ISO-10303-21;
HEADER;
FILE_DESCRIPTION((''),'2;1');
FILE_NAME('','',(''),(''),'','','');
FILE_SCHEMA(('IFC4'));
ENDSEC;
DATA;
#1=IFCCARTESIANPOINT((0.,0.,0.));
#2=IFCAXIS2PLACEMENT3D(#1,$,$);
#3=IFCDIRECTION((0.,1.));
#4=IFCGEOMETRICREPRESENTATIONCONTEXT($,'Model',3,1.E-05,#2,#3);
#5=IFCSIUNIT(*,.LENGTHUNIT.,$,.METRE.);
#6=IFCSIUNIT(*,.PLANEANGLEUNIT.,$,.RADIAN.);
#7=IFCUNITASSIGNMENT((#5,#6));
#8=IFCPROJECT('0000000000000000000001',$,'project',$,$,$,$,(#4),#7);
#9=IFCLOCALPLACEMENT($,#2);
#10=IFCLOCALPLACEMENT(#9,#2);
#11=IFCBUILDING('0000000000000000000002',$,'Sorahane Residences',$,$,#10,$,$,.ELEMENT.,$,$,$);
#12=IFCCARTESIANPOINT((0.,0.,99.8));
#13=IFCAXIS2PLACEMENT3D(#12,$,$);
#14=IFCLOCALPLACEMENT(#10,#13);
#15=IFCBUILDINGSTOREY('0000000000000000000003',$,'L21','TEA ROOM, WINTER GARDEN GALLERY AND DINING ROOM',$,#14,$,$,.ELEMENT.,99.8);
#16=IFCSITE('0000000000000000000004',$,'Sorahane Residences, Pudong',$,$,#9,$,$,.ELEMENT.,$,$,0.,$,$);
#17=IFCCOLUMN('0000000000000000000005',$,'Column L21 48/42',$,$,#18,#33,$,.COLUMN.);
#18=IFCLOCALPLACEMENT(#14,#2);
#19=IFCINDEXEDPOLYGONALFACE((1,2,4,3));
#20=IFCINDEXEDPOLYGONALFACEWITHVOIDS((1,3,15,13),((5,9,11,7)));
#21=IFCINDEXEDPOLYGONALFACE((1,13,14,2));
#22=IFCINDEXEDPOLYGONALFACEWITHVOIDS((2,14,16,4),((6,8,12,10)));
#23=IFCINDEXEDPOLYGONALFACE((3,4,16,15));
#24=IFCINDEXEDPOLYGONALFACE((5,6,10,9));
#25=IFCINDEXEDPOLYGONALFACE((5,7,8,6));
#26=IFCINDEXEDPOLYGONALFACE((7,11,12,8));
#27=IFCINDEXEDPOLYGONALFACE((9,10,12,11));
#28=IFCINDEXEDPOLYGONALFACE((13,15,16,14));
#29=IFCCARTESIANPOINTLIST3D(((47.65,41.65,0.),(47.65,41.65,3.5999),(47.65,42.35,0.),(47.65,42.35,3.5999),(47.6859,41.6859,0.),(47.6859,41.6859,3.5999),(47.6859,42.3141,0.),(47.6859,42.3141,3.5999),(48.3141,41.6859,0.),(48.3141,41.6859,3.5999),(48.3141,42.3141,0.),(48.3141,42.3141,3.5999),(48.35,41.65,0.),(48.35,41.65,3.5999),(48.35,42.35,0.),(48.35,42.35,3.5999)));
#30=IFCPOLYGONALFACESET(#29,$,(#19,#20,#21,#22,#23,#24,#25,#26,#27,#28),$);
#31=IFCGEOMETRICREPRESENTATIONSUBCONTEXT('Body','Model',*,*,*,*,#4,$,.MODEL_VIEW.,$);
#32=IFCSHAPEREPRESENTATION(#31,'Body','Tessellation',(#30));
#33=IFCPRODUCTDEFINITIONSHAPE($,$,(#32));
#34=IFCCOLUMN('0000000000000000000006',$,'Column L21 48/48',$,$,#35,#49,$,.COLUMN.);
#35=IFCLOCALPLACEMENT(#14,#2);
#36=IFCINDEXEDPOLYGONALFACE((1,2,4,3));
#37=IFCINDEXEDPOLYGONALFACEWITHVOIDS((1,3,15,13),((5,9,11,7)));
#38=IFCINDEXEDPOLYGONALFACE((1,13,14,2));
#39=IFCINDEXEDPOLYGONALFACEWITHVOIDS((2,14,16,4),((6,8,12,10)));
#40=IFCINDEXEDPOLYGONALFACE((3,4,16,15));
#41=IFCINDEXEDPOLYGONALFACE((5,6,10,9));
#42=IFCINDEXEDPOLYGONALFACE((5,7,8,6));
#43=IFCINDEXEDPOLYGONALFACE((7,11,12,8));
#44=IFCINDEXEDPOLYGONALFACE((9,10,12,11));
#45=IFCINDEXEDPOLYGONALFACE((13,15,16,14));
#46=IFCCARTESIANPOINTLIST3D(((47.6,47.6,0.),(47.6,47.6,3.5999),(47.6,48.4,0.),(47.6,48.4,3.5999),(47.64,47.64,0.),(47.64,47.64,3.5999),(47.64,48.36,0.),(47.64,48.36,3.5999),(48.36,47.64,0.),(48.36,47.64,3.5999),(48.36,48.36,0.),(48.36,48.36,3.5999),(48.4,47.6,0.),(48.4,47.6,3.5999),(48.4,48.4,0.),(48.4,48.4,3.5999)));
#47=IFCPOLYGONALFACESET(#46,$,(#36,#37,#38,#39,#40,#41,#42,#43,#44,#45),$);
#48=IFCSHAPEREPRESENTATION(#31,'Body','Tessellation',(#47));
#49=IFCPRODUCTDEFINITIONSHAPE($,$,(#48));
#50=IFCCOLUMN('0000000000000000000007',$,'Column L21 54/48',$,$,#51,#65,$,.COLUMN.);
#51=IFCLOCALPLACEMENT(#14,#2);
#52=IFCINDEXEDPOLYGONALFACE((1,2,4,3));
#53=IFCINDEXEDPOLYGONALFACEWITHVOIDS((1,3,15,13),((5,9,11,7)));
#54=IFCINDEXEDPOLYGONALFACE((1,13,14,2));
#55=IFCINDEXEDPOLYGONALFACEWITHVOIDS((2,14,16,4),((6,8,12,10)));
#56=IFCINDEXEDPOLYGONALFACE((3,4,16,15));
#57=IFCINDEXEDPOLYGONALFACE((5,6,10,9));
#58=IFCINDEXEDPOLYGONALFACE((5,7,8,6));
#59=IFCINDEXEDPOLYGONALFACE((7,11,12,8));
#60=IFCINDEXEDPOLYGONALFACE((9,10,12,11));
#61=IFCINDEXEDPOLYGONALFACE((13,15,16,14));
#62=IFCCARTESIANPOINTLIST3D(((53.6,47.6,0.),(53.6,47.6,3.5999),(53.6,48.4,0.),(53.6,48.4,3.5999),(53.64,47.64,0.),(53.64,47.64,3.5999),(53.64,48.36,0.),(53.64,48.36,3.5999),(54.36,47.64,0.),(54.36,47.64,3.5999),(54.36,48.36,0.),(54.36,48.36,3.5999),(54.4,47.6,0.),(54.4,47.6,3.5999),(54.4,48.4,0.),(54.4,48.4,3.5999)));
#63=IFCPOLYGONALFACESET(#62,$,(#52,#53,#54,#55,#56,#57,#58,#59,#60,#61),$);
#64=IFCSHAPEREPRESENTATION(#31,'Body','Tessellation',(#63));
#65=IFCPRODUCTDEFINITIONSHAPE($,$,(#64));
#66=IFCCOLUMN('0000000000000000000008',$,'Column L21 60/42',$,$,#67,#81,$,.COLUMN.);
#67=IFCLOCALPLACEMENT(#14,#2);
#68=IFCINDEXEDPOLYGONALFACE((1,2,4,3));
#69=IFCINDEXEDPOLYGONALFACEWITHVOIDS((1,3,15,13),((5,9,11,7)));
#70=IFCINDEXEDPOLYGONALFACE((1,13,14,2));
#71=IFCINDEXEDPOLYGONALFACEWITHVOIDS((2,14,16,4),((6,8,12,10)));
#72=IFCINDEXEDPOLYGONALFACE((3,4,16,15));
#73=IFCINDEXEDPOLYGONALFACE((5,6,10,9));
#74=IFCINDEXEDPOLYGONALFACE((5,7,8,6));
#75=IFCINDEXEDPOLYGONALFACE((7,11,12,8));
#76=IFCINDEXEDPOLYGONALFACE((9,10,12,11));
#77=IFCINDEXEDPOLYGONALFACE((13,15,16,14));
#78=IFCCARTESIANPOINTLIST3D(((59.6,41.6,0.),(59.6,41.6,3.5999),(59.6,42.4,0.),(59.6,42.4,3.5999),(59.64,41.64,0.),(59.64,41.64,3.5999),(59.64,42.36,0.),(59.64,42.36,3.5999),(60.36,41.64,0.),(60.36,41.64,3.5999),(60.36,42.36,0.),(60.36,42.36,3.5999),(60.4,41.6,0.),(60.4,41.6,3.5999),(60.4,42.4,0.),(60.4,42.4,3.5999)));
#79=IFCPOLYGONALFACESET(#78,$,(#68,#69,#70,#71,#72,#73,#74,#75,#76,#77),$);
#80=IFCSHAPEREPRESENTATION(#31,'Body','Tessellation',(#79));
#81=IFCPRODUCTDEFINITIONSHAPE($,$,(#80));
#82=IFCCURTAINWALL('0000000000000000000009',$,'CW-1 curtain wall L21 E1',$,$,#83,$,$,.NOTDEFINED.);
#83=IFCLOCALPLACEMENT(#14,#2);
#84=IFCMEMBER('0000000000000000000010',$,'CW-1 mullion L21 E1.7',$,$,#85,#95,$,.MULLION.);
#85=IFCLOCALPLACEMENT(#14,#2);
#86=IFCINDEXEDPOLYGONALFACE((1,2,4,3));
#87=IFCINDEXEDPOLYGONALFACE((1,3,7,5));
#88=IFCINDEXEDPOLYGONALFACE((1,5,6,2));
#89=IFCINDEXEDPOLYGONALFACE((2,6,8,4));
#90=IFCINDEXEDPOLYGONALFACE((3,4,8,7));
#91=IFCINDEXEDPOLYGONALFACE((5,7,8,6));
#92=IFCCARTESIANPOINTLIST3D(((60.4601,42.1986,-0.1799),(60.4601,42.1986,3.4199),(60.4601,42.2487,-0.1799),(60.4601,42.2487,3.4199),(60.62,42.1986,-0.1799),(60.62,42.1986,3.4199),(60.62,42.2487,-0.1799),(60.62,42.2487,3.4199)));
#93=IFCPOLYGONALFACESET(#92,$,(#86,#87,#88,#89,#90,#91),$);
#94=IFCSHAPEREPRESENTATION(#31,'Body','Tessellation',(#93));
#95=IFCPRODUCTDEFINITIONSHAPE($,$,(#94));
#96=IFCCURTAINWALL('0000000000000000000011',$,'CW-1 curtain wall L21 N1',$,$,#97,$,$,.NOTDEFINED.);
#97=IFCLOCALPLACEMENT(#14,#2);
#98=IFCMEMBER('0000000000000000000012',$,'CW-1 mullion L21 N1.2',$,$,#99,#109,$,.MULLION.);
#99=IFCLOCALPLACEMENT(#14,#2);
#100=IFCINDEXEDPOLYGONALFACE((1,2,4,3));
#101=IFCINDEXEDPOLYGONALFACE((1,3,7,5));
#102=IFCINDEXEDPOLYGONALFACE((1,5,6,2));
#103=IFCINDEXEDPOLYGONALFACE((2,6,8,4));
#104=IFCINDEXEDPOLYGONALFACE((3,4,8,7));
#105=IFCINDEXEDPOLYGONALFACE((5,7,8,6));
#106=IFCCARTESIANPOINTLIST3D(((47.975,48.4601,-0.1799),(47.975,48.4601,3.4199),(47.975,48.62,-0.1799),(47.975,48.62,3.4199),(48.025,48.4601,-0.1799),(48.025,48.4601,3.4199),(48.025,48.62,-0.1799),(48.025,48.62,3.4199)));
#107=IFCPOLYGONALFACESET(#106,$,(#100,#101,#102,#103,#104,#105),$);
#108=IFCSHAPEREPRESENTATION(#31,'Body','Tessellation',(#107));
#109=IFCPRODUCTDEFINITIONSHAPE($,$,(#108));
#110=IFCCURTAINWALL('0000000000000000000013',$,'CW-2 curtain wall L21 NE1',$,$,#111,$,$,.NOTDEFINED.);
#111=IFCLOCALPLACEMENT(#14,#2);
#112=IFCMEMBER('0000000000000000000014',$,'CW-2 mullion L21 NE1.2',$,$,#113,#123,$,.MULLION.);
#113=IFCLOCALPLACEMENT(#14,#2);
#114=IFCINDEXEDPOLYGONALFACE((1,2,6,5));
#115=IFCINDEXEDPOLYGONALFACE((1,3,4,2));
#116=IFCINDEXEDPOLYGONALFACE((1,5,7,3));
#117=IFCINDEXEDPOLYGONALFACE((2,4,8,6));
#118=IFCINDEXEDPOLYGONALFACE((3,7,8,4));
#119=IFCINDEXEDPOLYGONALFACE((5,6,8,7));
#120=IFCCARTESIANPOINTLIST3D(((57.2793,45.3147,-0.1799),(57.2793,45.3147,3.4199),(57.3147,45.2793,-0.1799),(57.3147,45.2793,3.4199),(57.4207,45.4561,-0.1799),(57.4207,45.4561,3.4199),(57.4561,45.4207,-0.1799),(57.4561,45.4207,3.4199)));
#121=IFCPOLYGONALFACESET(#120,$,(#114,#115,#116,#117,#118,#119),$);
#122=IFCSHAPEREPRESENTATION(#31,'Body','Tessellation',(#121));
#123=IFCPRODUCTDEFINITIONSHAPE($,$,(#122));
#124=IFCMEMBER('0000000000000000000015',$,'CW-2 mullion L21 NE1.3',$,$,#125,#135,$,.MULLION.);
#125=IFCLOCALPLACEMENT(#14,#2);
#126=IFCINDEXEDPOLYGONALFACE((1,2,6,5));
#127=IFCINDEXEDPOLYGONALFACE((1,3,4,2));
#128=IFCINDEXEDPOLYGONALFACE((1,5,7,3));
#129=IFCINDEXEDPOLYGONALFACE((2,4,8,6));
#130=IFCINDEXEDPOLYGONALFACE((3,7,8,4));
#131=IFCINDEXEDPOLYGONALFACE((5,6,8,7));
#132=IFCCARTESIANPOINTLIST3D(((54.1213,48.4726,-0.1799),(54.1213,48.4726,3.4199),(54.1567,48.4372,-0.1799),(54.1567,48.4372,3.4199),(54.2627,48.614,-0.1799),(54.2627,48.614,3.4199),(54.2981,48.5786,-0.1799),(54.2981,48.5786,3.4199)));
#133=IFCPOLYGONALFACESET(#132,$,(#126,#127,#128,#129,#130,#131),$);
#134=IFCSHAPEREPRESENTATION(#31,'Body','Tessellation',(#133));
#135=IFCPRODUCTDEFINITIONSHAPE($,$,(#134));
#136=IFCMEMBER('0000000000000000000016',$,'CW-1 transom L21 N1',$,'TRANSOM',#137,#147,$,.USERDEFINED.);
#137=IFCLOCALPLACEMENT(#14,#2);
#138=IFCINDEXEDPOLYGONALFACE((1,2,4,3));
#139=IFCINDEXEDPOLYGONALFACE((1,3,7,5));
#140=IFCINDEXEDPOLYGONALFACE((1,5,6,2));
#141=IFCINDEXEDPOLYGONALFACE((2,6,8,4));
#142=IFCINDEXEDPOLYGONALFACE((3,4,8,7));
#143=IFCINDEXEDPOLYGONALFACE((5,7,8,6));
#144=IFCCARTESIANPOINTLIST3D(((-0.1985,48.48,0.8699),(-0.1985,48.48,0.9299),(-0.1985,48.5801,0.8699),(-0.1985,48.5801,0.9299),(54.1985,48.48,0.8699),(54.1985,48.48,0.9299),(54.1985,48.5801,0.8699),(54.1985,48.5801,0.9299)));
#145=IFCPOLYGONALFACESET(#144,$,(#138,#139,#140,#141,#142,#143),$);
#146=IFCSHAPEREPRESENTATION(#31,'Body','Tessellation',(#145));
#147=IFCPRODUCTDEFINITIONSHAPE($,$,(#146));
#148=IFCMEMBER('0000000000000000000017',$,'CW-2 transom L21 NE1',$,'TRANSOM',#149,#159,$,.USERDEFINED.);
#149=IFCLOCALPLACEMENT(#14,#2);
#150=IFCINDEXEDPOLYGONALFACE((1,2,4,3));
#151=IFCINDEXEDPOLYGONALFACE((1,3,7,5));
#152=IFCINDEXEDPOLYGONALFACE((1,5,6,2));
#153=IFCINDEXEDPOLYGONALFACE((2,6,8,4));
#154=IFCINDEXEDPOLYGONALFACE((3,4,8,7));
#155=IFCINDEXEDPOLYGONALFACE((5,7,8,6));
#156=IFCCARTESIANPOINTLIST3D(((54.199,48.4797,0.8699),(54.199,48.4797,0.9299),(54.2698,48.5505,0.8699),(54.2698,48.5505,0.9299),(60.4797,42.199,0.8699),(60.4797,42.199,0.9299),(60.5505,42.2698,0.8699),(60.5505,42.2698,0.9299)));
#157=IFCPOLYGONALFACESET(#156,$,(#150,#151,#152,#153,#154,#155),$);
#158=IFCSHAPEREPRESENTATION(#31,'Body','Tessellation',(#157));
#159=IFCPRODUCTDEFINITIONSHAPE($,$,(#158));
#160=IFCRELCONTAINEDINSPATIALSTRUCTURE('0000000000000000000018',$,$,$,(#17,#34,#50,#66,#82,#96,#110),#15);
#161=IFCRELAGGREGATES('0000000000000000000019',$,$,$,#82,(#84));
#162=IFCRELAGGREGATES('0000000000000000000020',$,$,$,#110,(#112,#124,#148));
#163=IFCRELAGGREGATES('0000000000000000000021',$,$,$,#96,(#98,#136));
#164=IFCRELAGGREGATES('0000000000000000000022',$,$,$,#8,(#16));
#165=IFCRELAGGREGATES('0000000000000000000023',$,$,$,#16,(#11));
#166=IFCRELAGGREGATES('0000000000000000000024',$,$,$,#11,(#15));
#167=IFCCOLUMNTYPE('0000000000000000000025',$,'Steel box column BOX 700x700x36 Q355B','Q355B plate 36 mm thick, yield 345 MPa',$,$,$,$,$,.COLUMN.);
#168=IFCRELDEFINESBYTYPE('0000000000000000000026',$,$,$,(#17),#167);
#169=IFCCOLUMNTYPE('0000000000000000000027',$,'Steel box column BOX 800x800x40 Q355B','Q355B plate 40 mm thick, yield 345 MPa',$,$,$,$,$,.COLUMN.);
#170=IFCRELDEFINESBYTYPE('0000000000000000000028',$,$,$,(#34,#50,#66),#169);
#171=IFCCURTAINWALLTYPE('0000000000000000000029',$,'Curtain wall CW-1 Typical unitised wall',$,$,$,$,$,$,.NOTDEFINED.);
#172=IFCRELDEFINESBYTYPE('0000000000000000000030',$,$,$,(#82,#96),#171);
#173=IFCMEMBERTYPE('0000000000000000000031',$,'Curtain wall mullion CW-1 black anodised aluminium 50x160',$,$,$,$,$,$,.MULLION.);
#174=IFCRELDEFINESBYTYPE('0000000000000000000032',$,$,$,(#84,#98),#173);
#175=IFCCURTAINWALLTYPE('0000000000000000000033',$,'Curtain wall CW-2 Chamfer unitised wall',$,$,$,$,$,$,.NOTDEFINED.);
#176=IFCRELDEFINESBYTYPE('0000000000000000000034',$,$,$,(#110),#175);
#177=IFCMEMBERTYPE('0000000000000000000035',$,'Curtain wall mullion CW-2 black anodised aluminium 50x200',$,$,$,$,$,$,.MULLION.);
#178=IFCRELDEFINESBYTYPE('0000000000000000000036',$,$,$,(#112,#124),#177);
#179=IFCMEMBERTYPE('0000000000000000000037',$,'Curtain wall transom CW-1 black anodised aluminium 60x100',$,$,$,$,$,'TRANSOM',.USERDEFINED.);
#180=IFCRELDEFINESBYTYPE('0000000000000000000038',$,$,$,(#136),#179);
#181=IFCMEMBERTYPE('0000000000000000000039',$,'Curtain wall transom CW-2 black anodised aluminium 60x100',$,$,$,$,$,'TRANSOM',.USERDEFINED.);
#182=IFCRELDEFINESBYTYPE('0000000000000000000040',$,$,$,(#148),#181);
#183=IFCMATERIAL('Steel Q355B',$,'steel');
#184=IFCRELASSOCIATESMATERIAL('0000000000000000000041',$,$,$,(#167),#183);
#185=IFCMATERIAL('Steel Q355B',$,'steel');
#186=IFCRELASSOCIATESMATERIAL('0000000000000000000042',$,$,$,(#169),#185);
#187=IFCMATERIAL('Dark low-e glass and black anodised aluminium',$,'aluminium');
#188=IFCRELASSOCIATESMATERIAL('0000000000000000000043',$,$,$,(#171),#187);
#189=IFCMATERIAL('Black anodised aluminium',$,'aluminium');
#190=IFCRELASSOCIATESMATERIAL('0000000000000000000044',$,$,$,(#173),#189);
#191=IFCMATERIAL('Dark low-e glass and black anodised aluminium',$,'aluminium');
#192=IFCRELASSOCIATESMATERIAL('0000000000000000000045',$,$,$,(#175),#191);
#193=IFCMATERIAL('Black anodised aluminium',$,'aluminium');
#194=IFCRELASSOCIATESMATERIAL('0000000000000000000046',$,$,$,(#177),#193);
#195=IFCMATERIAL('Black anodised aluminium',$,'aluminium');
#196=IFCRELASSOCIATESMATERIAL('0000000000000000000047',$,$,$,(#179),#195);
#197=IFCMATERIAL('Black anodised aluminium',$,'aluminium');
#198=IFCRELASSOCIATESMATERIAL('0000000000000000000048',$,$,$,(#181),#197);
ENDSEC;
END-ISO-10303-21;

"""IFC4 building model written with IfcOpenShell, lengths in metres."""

from ifc_helpers import new_model, si_unit, direction, frame, origin, origin_2d, place, context, subcontext, project, spatial, rectangle, hollow_rectangle, extrude, material, material_profile, profile_set, type_object, element, aggregate, save


model = new_model("IFC4")

# Units and contexts
model_context = context("Model", 3, precision=1e-05, world=origin(), true_north=direction((0.0, 1.0)))
body_context = subcontext(model_context, "Body", "Model", "MODEL_VIEW")
ifc_project = project(units=[si_unit("LENGTHUNIT", "METRE"), si_unit("PLANEANGLEUNIT", "RADIAN")], contexts=[model_context])

# Site, building, storey
site_placement = place(None, origin())
site = spatial("IfcSite", under=ifc_project, at=site_placement, Name="Sorahane Residences, Pudong", CompositionType="ELEMENT", RefElevation=0.0)
building_placement = place(site_placement, origin())
building = spatial("IfcBuilding", under=site, at=building_placement, Name="Sorahane Residences", CompositionType="ELEMENT")
storey_placement = place(building_placement, frame((0.0, 0.0, 99.8)))
storey = spatial("IfcBuildingStorey", under=building, at=storey_placement, Name="L21", Description="TEA ROOM, WINTER GARDEN GALLERY AND DINING ROOM", CompositionType="ELEMENT", Elevation=99.8)

# Columns
ifc_material_1 = material(Name="Steel Q355B", Category="steel")
ifc_material_profile_1 = material_profile(ifc_material_1, hollow_rectangle(XDim=0.7, YDim=0.7, WallThickness=0.0359, at=origin_2d()), Name="BOX 700x700x36")
ifc_profile_set_1 = profile_set([ifc_material_profile_1], Name="Steel Q355B")
column_type_1 = type_object("IfcColumnType", Name="Steel box column BOX 700x700x36 Q355B", Description="Q355B plate 36 mm thick, yield 345 MPa", PredefinedType="COLUMN", material=ifc_profile_set_1)
column_placement = place(storey_placement, frame((48.0, 42.0, 0.0), z_axis=(0.0, 0.0, 1.0), x_axis=(1.0, 0.0, 0.0)))
element("IfcColumn", 1, at=column_placement, inside=storey, type_object=column_type_1, Name="Column L21 48/42", PredefinedType="COLUMN", context=body_context, shape_type="SweptSolid", body=[
    extrude(hollow_rectangle(XDim=0.7, YDim=0.7, WallThickness=0.0359, at=origin_2d()), origin(), (0.0, 0.0, 1.0), 3.5999),
])
ifc_material_2 = material(Name="Steel Q355B", Category="steel")
ifc_material_profile_2 = material_profile(ifc_material_2, hollow_rectangle(XDim=0.8, YDim=0.8, WallThickness=0.04, at=origin_2d()), Name="BOX 800x800x40")
ifc_profile_set_2 = profile_set([ifc_material_profile_2], Name="Steel Q355B")
column_type_2 = type_object("IfcColumnType", Name="Steel box column BOX 800x800x40 Q355B", Description="Q355B plate 40 mm thick, yield 345 MPa", PredefinedType="COLUMN", material=ifc_profile_set_2)
for number, where, z_axis, x_axis, name in (
    (2, (48.0, 48.0, 0.0), (0.0, 0.0, 1.0), (1.0, 0.0, 0.0), "Column L21 48/48"),
    (3, (54.0, 48.0, 0.0), (0.0, 0.0, 1.0), (1.0, 0.0, 0.0), "Column L21 54/48"),
    (4, (60.0, 42.0, 0.0), (0.0, 0.0, 1.0), (1.0, 0.0, 0.0), "Column L21 60/42"),
):
    element("IfcColumn", number, at=place(storey_placement, frame(where, z_axis=z_axis, x_axis=x_axis)), inside=storey, type_object=column_type_2, Name=name, PredefinedType="COLUMN", context=body_context, shape_type="SweptSolid", body=[
        extrude(hollow_rectangle(XDim=0.8, YDim=0.8, WallThickness=0.04, at=origin_2d()), origin(), (0.0, 0.0, 1.0), 3.5999),
    ])

# Curtain walls, members
ifc_material_3 = material(Name="Dark low-e glass and black anodised aluminium", Category="aluminium")
curtain_wall_type_1 = type_object("IfcCurtainWallType", Name="Curtain wall CW-1 Typical unitised wall", PredefinedType="NOTDEFINED", material=ifc_material_3)
curtain_wall_1_placement = place(storey_placement, origin())
curtain_wall_1 = element("IfcCurtainWall", 5, at=curtain_wall_1_placement, inside=storey, type_object=curtain_wall_type_1, Name="CW-1 curtain wall L21 E1", PredefinedType="NOTDEFINED")
ifc_material_4 = material(Name="Black anodised aluminium", Category="aluminium")
ifc_material_profile_3 = material_profile(ifc_material_4, rectangle(XDim=0.1599, YDim=0.05, at=origin_2d()), Name="Curtain wall mullion CW-1 black anodised aluminium 50x160")
ifc_profile_set_3 = profile_set([ifc_material_profile_3], Name="Black anodised aluminium")
member_type_1 = type_object("IfcMemberType", Name="Curtain wall mullion CW-1 black anodised aluminium 50x160", PredefinedType="MULLION", material=ifc_profile_set_3)
member_1_placement = place(storey_placement, frame((60.54, 42.2236, -0.1799), z_axis=(0.0, 0.0, 1.0), x_axis=(1.0, 0.0, 0.0)))
member_1 = element("IfcMember", 6, at=member_1_placement, type_object=member_type_1, Name="CW-1 mullion L21 E1.7", PredefinedType="MULLION", context=body_context, shape_type="SweptSolid", body=[
    extrude(rectangle(XDim=0.1599, YDim=0.05, at=origin_2d()), origin(), (0.0, 0.0, 1.0), 3.5999),
])
aggregate(curtain_wall_1, [member_1])
curtain_wall_2_placement = place(storey_placement, origin())
curtain_wall_2 = element("IfcCurtainWall", 7, at=curtain_wall_2_placement, inside=storey, type_object=curtain_wall_type_1, Name="CW-1 curtain wall L21 N1", PredefinedType="NOTDEFINED")
member_2_placement = place(storey_placement, frame((48.0, 48.54, -0.1799), z_axis=(0.0, 0.0, 1.0), x_axis=(0.0, 1.0, 0.0)))
member_2 = element("IfcMember", 8, at=member_2_placement, type_object=member_type_1, Name="CW-1 mullion L21 N1.2", PredefinedType="MULLION", context=body_context, shape_type="SweptSolid", body=[
    extrude(rectangle(XDim=0.1599, YDim=0.05, at=origin_2d()), origin(), (0.0, 0.0, 1.0), 3.5999),
])

# Curtain wall, members
ifc_material_5 = material(Name="Dark low-e glass and black anodised aluminium", Category="aluminium")
curtain_wall_type_2 = type_object("IfcCurtainWallType", Name="Curtain wall CW-2 Chamfer unitised wall", PredefinedType="NOTDEFINED", material=ifc_material_5)
curtain_wall_3_placement = place(storey_placement, origin())
curtain_wall_3 = element("IfcCurtainWall", 9, at=curtain_wall_3_placement, inside=storey, type_object=curtain_wall_type_2, Name="CW-2 curtain wall L21 NE1", PredefinedType="NOTDEFINED")
ifc_material_6 = material(Name="Black anodised aluminium", Category="aluminium")
ifc_material_profile_4 = material_profile(ifc_material_6, rectangle(XDim=0.2, YDim=0.05, at=origin_2d()), Name="Curtain wall mullion CW-2 black anodised aluminium 50x200")
ifc_profile_set_4 = profile_set([ifc_material_profile_4], Name="Black anodised aluminium")
member_type_2 = type_object("IfcMemberType", Name="Curtain wall mullion CW-2 black anodised aluminium 50x200", PredefinedType="MULLION", material=ifc_profile_set_4)
member_3_placement = place(storey_placement, frame((57.3677, 45.3677, -0.1799), z_axis=(0.0, 0.0, 1.0), x_axis=(0.707107, 0.707107, 0.0)))
member_3 = element("IfcMember", 10, at=member_3_placement, type_object=member_type_2, Name="CW-2 mullion L21 NE1.2", PredefinedType="MULLION", context=body_context, shape_type="SweptSolid", body=[
    extrude(rectangle(XDim=0.2, YDim=0.05, at=origin_2d()), origin(), (0.0, 0.0, 1.0), 3.5999),
])
member_4_placement = place(storey_placement, frame((54.2097, 48.5256, -0.1799), z_axis=(0.0, 0.0, 1.0), x_axis=(0.707107, 0.707107, 0.0)))
member_4 = element("IfcMember", 11, at=member_4_placement, type_object=member_type_2, Name="CW-2 mullion L21 NE1.3", PredefinedType="MULLION", context=body_context, shape_type="SweptSolid", body=[
    extrude(rectangle(XDim=0.2, YDim=0.05, at=origin_2d()), origin(), (0.0, 0.0, 1.0), 3.5999),
])

# Members
ifc_material_7 = material(Name="Black anodised aluminium", Category="aluminium")
ifc_material_profile_5 = material_profile(ifc_material_7, rectangle(XDim=0.1001, YDim=0.0601, at=origin_2d()), Name="Curtain wall transom CW-1 black anodised aluminium 60x100")
ifc_profile_set_5 = profile_set([ifc_material_profile_5], Name="Black anodised aluminium")
member_type_3 = type_object("IfcMemberType", Name="Curtain wall transom CW-1 black anodised aluminium 60x100", ElementType="TRANSOM", PredefinedType="USERDEFINED", material=ifc_profile_set_5)
member_5_placement = place(storey_placement, frame((54.1985, 48.53, 0.8999), z_axis=(-1.0, 0.0, 0.0), x_axis=(0.0, -1.0, 0.0)))
member_5 = element("IfcMember", 12, at=member_5_placement, type_object=member_type_3, Name="CW-1 transom L21 N1", ObjectType="TRANSOM", PredefinedType="USERDEFINED", context=body_context, shape_type="SweptSolid", body=[
    extrude(rectangle(XDim=0.1001, YDim=0.0601, at=origin_2d()), origin(), (0.0, 0.0, 1.0), 54.397),
])
ifc_material_8 = material(Name="Black anodised aluminium", Category="aluminium")
ifc_material_profile_6 = material_profile(ifc_material_8, rectangle(XDim=0.1001, YDim=0.0601, at=origin_2d()), Name="Curtain wall transom CW-2 black anodised aluminium 60x100")
ifc_profile_set_6 = profile_set([ifc_material_profile_6], Name="Black anodised aluminium")
member_type_4 = type_object("IfcMemberType", Name="Curtain wall transom CW-2 black anodised aluminium 60x100", ElementType="TRANSOM", PredefinedType="USERDEFINED", material=ifc_profile_set_6)
member_6_placement = place(storey_placement, frame((60.5151, 42.2344, 0.8999), z_axis=(-0.707107, 0.707107, 0.0), x_axis=(-0.707107, -0.707107, 0.0)))
member_6 = element("IfcMember", 13, at=member_6_placement, type_object=member_type_4, Name="CW-2 transom L21 NE1", ObjectType="TRANSOM", PredefinedType="USERDEFINED", context=body_context, shape_type="SweptSolid", body=[
    extrude(rectangle(XDim=0.1001, YDim=0.0601, at=origin_2d()), origin(), (0.0, 0.0, 1.0), 8.8823),
])

aggregate(curtain_wall_3, [member_3, member_4, member_6])
aggregate(curtain_wall_2, [member_2, member_5])

save(model, "model.ifc")
